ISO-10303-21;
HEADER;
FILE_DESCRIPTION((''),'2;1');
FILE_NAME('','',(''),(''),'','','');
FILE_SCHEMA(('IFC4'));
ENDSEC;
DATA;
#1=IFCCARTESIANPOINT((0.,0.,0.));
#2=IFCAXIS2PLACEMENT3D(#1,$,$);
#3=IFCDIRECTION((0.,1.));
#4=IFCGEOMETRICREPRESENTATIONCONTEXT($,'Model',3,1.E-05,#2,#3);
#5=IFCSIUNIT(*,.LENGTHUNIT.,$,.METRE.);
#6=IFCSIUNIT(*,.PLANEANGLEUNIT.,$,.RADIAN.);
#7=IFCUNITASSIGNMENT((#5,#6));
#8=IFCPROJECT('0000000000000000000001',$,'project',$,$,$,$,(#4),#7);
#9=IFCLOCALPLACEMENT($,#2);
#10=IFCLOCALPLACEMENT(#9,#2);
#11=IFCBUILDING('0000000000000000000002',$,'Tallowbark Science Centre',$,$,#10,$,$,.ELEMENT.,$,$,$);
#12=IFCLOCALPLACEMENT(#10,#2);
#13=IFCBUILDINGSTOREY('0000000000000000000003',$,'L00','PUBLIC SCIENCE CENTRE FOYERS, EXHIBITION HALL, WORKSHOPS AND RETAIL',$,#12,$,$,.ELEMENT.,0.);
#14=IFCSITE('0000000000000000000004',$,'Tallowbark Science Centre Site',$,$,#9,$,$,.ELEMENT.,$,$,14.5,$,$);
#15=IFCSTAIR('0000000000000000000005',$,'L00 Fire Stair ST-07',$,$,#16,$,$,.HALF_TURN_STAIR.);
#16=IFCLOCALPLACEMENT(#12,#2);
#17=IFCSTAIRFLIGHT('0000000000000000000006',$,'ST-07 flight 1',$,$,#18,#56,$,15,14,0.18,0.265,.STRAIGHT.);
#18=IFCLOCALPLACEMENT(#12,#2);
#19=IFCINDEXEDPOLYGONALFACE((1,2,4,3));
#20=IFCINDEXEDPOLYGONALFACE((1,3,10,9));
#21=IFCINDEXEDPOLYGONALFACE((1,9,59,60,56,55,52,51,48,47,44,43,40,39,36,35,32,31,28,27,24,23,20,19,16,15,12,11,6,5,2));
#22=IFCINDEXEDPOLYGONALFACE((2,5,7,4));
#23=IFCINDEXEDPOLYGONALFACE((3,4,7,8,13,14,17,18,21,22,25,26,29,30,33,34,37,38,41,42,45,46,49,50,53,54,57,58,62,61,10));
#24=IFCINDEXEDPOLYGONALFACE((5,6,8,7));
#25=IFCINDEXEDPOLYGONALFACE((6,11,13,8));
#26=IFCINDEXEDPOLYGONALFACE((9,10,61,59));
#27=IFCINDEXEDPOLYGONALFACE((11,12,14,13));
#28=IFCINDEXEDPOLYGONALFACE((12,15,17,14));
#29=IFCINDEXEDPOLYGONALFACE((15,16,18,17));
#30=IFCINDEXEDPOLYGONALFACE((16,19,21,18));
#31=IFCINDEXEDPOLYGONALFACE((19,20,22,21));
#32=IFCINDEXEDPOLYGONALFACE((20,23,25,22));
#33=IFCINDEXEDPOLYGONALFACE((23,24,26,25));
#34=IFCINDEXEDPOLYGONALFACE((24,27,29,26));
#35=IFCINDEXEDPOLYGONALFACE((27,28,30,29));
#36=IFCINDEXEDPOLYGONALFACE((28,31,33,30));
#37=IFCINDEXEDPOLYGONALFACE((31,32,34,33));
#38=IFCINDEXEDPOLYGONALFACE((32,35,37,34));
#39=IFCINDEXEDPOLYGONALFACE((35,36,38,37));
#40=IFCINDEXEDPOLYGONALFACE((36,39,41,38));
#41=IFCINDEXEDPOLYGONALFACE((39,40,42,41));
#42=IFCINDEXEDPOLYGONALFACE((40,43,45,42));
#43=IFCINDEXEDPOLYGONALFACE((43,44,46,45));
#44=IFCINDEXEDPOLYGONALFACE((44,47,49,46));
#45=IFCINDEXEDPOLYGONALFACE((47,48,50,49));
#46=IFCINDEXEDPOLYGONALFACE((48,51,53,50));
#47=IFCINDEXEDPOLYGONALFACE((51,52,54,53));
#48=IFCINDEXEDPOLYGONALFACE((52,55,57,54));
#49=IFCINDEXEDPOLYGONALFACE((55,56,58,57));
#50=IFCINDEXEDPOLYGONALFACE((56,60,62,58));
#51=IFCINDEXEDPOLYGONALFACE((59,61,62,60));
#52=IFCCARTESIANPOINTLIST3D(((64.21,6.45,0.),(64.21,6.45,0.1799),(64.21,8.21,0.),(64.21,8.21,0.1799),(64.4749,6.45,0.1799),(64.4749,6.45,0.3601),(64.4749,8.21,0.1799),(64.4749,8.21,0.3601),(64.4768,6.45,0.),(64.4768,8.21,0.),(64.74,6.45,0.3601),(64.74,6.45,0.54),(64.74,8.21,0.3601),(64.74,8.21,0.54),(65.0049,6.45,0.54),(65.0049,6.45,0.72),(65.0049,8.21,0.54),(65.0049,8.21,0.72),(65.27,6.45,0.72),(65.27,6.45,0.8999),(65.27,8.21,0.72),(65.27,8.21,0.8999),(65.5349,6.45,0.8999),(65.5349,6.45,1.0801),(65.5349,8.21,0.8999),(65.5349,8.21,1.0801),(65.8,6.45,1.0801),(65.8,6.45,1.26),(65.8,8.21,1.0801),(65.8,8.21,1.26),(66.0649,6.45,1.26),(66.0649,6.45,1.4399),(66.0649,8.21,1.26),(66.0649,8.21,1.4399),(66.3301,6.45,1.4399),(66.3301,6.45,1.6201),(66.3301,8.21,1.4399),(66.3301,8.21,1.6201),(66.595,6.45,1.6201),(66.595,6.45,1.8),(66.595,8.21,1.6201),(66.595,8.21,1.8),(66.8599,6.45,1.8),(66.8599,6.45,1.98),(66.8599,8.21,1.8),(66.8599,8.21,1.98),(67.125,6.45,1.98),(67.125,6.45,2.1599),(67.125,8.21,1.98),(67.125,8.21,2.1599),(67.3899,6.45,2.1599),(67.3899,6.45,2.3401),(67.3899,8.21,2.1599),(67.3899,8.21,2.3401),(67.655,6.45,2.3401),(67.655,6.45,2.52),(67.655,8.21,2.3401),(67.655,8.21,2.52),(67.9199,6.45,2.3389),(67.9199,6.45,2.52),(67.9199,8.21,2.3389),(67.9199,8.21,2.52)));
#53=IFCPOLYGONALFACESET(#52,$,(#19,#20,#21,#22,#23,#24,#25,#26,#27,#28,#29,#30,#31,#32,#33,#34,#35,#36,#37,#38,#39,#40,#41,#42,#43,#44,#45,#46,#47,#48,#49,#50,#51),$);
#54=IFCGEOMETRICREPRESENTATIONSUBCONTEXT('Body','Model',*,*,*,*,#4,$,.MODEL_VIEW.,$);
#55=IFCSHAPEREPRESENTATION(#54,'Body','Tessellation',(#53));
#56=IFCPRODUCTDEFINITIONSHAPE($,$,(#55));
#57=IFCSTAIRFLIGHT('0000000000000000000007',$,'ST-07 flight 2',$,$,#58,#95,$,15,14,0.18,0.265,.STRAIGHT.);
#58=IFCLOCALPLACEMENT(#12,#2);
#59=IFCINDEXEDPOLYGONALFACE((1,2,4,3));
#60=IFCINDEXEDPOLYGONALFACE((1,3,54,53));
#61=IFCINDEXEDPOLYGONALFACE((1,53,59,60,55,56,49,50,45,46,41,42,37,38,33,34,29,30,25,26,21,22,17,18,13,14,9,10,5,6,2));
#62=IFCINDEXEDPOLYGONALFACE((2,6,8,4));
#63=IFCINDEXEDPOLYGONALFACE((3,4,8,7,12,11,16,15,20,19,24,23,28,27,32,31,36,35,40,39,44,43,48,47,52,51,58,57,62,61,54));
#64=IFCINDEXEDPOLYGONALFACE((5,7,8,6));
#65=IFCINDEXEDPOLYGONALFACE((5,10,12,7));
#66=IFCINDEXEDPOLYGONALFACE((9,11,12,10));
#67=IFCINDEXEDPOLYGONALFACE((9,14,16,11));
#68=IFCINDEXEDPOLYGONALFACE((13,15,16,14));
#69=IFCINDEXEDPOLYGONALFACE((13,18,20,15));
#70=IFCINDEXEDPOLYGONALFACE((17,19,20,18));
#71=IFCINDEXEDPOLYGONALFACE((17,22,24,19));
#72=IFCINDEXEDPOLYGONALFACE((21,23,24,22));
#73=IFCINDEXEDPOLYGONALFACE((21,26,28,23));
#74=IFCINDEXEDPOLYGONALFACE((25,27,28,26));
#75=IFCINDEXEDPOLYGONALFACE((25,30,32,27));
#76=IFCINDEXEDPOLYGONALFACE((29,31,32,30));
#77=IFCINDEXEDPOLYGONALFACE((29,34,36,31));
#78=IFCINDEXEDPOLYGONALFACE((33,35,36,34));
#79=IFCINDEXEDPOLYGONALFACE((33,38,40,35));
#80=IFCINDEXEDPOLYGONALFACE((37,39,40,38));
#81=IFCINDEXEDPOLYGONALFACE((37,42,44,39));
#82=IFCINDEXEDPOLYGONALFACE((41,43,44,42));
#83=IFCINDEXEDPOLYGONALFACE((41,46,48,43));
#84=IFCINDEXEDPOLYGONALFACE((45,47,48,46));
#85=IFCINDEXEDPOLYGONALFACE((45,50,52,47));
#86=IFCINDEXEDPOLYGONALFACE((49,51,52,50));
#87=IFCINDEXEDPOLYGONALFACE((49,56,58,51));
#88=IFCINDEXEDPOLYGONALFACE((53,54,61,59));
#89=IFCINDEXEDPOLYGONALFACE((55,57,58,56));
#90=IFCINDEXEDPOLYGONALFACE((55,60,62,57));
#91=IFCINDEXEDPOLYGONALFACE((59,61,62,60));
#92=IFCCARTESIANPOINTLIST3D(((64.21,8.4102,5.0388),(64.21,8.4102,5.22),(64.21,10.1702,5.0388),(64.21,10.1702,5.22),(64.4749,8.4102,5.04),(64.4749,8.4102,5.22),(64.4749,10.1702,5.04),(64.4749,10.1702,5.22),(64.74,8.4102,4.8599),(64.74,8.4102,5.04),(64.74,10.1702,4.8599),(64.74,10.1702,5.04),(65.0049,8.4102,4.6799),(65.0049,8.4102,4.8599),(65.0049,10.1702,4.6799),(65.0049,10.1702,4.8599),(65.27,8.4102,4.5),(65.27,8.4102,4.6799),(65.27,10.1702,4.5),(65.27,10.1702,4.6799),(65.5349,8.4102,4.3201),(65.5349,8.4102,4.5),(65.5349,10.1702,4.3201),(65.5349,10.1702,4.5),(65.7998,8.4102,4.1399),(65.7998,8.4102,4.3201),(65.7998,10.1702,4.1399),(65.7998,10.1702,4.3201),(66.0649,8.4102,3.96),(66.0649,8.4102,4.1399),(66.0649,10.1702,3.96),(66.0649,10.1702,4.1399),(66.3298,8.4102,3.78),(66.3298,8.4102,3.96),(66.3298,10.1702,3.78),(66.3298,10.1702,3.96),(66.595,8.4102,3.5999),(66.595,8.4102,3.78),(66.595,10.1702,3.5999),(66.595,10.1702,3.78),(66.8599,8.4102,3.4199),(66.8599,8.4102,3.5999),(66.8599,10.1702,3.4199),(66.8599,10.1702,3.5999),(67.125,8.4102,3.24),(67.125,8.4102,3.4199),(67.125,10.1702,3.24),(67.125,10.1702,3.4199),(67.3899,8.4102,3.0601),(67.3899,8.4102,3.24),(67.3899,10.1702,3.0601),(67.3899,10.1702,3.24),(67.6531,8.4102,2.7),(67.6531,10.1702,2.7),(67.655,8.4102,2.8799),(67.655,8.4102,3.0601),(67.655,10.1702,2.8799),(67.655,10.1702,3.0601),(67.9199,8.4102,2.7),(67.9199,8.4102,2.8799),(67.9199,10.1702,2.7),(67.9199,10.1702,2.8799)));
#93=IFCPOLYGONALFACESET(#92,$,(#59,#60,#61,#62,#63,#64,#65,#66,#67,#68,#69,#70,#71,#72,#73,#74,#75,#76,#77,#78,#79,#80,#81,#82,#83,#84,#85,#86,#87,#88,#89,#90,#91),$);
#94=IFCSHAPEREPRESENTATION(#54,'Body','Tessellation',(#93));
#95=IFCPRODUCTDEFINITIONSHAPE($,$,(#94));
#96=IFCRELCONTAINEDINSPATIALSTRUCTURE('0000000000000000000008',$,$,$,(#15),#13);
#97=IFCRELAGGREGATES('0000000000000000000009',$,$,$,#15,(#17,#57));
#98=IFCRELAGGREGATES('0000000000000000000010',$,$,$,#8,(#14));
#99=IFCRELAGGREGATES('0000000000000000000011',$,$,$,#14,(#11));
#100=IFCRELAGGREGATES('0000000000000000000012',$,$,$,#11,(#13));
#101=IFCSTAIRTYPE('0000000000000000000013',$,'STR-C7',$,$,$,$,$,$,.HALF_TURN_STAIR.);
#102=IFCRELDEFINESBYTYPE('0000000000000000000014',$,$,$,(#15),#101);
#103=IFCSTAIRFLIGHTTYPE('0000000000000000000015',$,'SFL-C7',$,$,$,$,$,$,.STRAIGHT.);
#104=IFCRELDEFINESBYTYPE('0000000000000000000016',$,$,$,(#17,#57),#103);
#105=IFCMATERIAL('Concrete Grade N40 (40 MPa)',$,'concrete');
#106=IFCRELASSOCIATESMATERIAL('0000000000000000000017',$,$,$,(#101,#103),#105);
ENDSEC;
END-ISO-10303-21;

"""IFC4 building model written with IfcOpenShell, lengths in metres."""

from ifc_helpers import new_model, si_unit, direction, frame, origin, place, context, subcontext, project, spatial, polyline, outline, extrude, material, type_object, element, aggregate, save


model = new_model("IFC4")

# Units and contexts
model_context = context("Model", 3, precision=1e-05, world=origin(), true_north=direction((0.0, 1.0)))
body_context = subcontext(model_context, "Body", "Model", "MODEL_VIEW")
ifc_project = project(units=[si_unit("LENGTHUNIT", "METRE"), si_unit("PLANEANGLEUNIT", "RADIAN")], contexts=[model_context])

# Site, building, storey
site_placement = place(None, origin())
site = spatial("IfcSite", under=ifc_project, at=site_placement, Name="Tallowbark Science Centre Site", CompositionType="ELEMENT", RefElevation=14.5)
building_placement = place(site_placement, origin())
building = spatial("IfcBuilding", under=site, at=building_placement, Name="Tallowbark Science Centre", CompositionType="ELEMENT")
storey_placement = place(building_placement, origin())
storey = spatial("IfcBuildingStorey", under=building, at=storey_placement, Name="L00", Description="PUBLIC SCIENCE CENTRE FOYERS, EXHIBITION HALL, WORKSHOPS AND RETAIL", CompositionType="ELEMENT", Elevation=0.0)

# Shared definitions
ifc_material_1 = material(Name="Concrete Grade N40 (40 MPa)", Category="concrete")

# Stair, stair flights
stair_type = type_object("IfcStairType", Name="STR-C7", PredefinedType="HALF_TURN_STAIR", material=ifc_material_1)
stair_placement = place(storey_placement, origin())
stair = element("IfcStair", 1, at=stair_placement, inside=storey, type_object=stair_type, Name="L00 Fire Stair ST-07", PredefinedType="HALF_TURN_STAIR")
stair_flight_type = type_object("IfcStairFlightType", Name="SFL-C7", PredefinedType="STRAIGHT", material=ifc_material_1)
stair_flight_1_placement = place(storey_placement, frame((64.21, 7.3301, 0.0), z_axis=(0.0, 0.0, 1.0), x_axis=(1.0, 0.0, 0.0)))
stair_flight_1 = element("IfcStairFlight", 2, at=stair_flight_1_placement, type_object=stair_flight_type, Name="ST-07 flight 1", NumberOfRisers=15, NumberOfTreads=14, PredefinedType="STRAIGHT", RiserHeight=0.18, TreadLength=0.265, context=body_context, shape_type="SweptSolid", body=[
    extrude(outline(polyline([(0.0, 0.0), (0.0, 0.1799), (0.2649, 0.1799), (0.2649, 0.3601), (0.53, 0.3601), (0.53, 0.54), (0.7949, 0.54), (0.7949, 0.72), (1.0601, 0.72), (1.0601, 0.8999), (1.325, 0.8999), (1.325, 1.0801), (1.5901, 1.0801), (1.5901, 1.26), (1.855, 1.26), (1.855, 1.4399), (2.1201, 1.4399), (2.1201, 1.6201), (2.385, 1.6201), (2.385, 1.8), (2.6499, 1.8), (2.6499, 1.98), (2.915, 1.98), (2.915, 2.1599), (3.1799, 2.1599), (3.1799, 2.3401), (3.4451, 2.3401), (3.4451, 2.52), (3.71, 2.52), (3.71, 2.7), (3.71, 2.3389), (0.2668, 0.0), (0.0, 0.0)])), frame((0.0, 0.8799, 0.0), z_axis=(0.0, -1.0, 0.0), x_axis=(1.0, 0.0, 0.0)), (0.0, 0.0, 1.0), 1.76),
])
stair_flight_2_placement = place(storey_placement, frame((67.9199, 9.29, 2.7), z_axis=(0.0, 0.0, 1.0), x_axis=(-1.0, 0.0, 0.0)))
stair_flight_2 = element("IfcStairFlight", 3, at=stair_flight_2_placement, type_object=stair_flight_type, Name="ST-07 flight 2", NumberOfRisers=15, NumberOfTreads=14, PredefinedType="STRAIGHT", RiserHeight=0.18, TreadLength=0.265, context=body_context, shape_type="SweptSolid", body=[
    extrude(outline(polyline([(0.0, 0.0), (0.0, 0.1799), (0.2649, 0.1799), (0.2649, 0.3601), (0.53, 0.3601), (0.53, 0.54), (0.7949, 0.54), (0.7949, 0.72), (1.0601, 0.72), (1.0601, 0.8999), (1.325, 0.8999), (1.325, 1.0801), (1.5901, 1.0801), (1.5901, 1.26), (1.855, 1.26), (1.855, 1.4399), (2.1201, 1.4399), (2.1201, 1.6201), (2.385, 1.6201), (2.385, 1.8), (2.6499, 1.8), (2.6499, 1.98), (2.915, 1.98), (2.915, 2.1599), (3.1799, 2.1599), (3.1799, 2.3401), (3.4451, 2.3401), (3.4451, 2.52), (3.71, 2.52), (3.71, 2.7), (3.71, 2.3389), (0.2668, 0.0), (0.0, 0.0)])), frame((0.0, 0.8799, 0.0), z_axis=(0.0, -1.0, 0.0), x_axis=(1.0, 0.0, 0.0)), (0.0, 0.0, 1.0), 1.76),
])
aggregate(stair, [stair_flight_1, stair_flight_2])

save(model, "model.ifc")
